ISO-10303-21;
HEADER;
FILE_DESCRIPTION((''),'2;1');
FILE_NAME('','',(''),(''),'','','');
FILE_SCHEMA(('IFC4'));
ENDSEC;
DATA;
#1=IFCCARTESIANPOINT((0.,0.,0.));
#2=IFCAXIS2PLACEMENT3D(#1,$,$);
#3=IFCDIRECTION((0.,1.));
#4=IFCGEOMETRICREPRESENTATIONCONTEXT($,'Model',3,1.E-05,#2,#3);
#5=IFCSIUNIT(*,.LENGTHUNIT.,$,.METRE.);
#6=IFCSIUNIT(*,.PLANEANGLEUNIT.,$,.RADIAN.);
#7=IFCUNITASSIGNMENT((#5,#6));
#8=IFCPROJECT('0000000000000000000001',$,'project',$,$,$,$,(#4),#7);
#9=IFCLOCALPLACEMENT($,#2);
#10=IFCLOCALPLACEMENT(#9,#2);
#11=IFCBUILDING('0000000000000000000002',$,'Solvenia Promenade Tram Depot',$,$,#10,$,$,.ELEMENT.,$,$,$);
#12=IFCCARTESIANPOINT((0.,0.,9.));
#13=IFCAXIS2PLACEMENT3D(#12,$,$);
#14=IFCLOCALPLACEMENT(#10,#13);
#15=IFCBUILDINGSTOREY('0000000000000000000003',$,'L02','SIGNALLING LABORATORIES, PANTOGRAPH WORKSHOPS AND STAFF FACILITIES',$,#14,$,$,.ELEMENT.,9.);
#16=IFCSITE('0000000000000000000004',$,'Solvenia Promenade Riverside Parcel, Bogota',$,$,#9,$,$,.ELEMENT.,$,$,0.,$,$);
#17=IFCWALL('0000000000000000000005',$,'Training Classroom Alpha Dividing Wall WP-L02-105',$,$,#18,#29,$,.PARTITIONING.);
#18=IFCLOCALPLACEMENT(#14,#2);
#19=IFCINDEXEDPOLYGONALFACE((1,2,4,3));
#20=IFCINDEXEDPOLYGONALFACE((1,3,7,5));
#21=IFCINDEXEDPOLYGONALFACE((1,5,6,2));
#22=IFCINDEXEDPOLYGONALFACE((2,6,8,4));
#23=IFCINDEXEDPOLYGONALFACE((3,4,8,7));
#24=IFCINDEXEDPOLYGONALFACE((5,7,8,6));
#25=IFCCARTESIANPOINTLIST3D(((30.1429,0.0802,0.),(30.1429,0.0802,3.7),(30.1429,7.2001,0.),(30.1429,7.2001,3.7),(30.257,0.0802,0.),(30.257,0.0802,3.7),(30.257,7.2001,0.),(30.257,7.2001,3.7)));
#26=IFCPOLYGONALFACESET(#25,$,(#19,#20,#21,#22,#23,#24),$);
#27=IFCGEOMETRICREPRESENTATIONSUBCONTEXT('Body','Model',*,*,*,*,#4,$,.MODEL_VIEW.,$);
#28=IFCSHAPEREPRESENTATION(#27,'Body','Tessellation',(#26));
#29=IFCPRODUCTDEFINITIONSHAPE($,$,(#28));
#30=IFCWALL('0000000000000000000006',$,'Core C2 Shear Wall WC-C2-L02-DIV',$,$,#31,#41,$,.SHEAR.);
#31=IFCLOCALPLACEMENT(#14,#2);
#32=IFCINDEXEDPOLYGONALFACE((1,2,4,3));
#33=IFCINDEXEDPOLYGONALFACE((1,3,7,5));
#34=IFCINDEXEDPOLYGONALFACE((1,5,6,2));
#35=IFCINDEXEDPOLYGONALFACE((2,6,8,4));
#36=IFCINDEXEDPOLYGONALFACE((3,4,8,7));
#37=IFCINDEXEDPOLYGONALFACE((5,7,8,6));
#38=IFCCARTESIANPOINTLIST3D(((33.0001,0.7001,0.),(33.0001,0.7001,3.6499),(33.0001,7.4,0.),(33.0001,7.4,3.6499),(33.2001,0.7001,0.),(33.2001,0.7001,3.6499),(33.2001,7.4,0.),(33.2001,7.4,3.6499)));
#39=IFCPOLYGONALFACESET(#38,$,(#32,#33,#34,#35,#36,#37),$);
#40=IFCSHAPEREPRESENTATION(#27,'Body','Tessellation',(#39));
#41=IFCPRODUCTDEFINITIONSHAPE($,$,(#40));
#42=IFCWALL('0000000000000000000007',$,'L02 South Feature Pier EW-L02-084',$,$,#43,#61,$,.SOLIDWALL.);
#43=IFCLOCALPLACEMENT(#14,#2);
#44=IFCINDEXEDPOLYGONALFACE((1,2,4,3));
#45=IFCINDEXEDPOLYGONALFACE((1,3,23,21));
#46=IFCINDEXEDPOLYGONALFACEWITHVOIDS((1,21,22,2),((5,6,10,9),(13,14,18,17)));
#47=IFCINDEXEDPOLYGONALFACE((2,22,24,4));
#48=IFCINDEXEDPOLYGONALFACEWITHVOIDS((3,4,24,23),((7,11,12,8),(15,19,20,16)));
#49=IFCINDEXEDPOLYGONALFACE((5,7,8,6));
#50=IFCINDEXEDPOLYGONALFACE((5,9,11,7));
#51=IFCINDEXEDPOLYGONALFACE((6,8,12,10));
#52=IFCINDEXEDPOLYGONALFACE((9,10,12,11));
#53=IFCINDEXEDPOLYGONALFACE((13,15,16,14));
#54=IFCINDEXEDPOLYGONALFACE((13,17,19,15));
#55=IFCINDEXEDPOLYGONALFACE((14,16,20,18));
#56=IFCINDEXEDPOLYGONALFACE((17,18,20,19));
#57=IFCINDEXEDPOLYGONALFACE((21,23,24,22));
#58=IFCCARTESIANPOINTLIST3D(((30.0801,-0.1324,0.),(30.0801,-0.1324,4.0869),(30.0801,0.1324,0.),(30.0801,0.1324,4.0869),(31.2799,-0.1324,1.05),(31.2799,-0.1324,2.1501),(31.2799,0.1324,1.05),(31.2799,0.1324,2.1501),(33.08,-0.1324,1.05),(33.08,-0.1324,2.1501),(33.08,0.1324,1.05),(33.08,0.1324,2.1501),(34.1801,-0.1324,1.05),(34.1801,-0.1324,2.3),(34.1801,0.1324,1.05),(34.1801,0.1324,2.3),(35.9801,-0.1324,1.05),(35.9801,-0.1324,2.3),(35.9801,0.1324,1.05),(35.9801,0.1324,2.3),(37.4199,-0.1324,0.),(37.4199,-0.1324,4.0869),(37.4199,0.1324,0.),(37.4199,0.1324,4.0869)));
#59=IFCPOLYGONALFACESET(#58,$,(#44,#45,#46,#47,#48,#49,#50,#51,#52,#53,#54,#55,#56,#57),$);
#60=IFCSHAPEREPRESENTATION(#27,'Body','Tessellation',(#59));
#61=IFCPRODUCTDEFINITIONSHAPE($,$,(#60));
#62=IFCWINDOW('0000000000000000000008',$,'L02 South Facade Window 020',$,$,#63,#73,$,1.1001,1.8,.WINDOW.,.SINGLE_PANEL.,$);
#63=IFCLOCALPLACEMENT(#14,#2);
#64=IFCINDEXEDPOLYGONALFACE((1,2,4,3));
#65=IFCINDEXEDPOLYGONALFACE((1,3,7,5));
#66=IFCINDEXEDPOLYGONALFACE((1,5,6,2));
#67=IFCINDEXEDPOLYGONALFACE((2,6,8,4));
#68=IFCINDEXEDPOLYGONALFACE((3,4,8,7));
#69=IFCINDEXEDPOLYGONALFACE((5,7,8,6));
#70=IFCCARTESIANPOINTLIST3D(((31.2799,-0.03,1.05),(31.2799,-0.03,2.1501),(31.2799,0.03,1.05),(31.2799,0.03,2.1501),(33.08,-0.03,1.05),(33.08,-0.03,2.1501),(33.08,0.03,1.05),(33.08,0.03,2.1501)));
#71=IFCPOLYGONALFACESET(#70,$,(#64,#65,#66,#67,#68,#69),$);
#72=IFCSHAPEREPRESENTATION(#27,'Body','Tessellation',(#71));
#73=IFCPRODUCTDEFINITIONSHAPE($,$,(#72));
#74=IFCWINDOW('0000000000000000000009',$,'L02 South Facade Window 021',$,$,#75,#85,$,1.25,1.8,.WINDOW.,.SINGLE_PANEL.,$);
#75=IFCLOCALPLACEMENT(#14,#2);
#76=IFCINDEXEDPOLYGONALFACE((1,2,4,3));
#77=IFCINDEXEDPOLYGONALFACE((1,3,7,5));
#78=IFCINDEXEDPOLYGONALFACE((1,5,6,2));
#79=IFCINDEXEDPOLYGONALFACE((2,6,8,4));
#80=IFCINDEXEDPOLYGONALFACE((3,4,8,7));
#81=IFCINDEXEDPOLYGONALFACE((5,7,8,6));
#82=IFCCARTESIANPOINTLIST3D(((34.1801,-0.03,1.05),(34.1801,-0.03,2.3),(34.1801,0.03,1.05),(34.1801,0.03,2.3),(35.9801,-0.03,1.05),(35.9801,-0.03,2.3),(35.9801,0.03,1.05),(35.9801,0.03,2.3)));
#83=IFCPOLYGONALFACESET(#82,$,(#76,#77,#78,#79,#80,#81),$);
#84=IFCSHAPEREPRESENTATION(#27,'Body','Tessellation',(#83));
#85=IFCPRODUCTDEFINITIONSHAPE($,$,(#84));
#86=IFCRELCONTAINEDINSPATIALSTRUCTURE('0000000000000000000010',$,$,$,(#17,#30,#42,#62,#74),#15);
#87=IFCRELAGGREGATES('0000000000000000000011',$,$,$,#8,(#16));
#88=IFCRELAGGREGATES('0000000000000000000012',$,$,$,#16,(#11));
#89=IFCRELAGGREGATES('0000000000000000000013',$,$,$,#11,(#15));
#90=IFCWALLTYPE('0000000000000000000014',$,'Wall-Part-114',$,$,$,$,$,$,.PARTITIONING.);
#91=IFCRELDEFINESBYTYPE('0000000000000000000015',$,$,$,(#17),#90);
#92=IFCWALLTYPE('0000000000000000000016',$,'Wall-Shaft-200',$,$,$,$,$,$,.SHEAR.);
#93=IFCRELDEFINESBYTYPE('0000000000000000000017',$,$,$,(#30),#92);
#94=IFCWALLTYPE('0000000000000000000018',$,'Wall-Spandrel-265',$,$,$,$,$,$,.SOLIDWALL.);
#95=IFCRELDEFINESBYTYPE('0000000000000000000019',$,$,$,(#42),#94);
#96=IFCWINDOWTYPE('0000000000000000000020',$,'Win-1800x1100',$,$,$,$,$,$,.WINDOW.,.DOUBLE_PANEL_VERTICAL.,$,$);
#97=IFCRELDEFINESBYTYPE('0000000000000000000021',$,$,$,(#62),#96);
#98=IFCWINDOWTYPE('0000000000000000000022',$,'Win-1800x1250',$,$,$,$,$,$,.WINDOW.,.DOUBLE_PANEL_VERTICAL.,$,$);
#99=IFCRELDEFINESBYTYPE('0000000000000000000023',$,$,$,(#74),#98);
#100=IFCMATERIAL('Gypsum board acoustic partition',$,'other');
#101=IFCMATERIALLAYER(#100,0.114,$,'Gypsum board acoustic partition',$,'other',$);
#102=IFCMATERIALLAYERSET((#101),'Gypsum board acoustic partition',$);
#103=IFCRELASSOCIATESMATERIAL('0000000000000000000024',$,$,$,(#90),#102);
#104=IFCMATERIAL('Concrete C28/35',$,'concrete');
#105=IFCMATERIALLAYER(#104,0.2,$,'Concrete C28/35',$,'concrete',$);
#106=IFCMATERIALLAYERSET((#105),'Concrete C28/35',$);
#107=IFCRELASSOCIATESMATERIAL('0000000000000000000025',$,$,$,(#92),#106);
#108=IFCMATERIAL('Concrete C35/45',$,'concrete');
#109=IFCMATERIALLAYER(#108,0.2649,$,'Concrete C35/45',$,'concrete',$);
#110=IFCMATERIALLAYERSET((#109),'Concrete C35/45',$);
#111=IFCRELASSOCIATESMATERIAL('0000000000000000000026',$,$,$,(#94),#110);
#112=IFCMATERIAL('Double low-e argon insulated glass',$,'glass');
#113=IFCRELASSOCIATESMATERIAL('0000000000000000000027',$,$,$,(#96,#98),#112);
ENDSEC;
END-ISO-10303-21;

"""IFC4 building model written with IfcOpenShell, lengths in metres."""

from ifc_helpers import new_model, si_unit, direction, frame, frame_2d, origin, place, context, subcontext, project, spatial, rectangle, extrude, material, layer, layer_set, type_object, element, fill, save


model = new_model("IFC4")

# Units and contexts
model_context = context("Model", 3, precision=1e-05, world=origin(), true_north=direction((0.0, 1.0)))
body_context = subcontext(model_context, "Body", "Model", "MODEL_VIEW")
ifc_project = project(units=[si_unit("LENGTHUNIT", "METRE"), si_unit("PLANEANGLEUNIT", "RADIAN")], contexts=[model_context])

# Site, building, storey
site_placement = place(None, origin())
site = spatial("IfcSite", under=ifc_project, at=site_placement, Name="Solvenia Promenade Riverside Parcel, Bogota", CompositionType="ELEMENT", RefElevation=0.0)
building_placement = place(site_placement, origin())
building = spatial("IfcBuilding", under=site, at=building_placement, Name="Solvenia Promenade Tram Depot", CompositionType="ELEMENT")
storey_placement = place(building_placement, frame((0.0, 0.0, 9.0)))
storey = spatial("IfcBuildingStorey", under=building, at=storey_placement, Name="L02", Description="SIGNALLING LABORATORIES, PANTOGRAPH WORKSHOPS AND STAFF FACILITIES", CompositionType="ELEMENT", Elevation=9.0)

# Shared definitions
ifc_material_1 = material(Name="Double low-e argon insulated glass", Category="glass")

# Walls
ifc_material_2 = material(Name="Concrete C28/35", Category="concrete")
ifc_material_3 = material(Name="Gypsum board acoustic partition", Category="other")
ifc_layer_1 = layer(ifc_material_3, 0.114, Name="Gypsum board acoustic partition", Category="other")
ifc_layer_set_1 = layer_set([ifc_layer_1], Name="Gypsum board acoustic partition")
wall_type_1 = type_object("IfcWallType", Name="Wall-Part-114", PredefinedType="PARTITIONING", material=ifc_layer_set_1)
wall_1_placement = place(storey_placement, frame((30.2, 0.0801, 0.0), z_axis=(0.0, 0.0, 1.0), x_axis=(0.0, 1.0, 0.0)))
element("IfcWall", 1, at=wall_1_placement, inside=storey, type_object=wall_type_1, Name="Training Classroom Alpha Dividing Wall WP-L02-105", PredefinedType="PARTITIONING", context=body_context, shape_type="SweptSolid", body=[
    extrude(rectangle(XDim=7.1199, YDim=0.114, at=frame_2d((3.5601, 0.0))), origin(), (0.0, 0.0, 1.0), 3.7),
])
ifc_layer_2 = layer(ifc_material_2, 0.2, Name="Concrete C28/35", Category="concrete")
ifc_layer_set_2 = layer_set([ifc_layer_2], Name="Concrete C28/35")
wall_type_2 = type_object("IfcWallType", Name="Wall-Shaft-200", PredefinedType="SHEAR", material=ifc_layer_set_2)
wall_2_placement = place(storey_placement, frame((33.1001, 0.7, 0.0), z_axis=(0.0, 0.0, 1.0), x_axis=(0.0, 1.0, 0.0)))
element("IfcWall", 2, at=wall_2_placement, inside=storey, type_object=wall_type_2, Name="Core C2 Shear Wall WC-C2-L02-DIV", PredefinedType="SHEAR", context=body_context, shape_type="SweptSolid", body=[
    extrude(rectangle(XDim=6.7, YDim=0.2, at=frame_2d((3.3501, 0.0))), origin(), (0.0, 0.0, 1.0), 3.6499),
])

# Wall, openings, windows
ifc_material_4 = material(Name="Concrete C35/45", Category="concrete")
ifc_layer_3 = layer(ifc_material_4, 0.2649, Name="Concrete C35/45", Category="concrete")
ifc_layer_set_3 = layer_set([ifc_layer_3], Name="Concrete C35/45")
wall_type_3 = type_object("IfcWallType", Name="Wall-Spandrel-265", PredefinedType="SOLIDWALL", material=ifc_layer_set_3)
wall_3_placement = place(storey_placement, frame((30.0801, 0.0, 0.0), z_axis=(0.0, 0.0, 1.0), x_axis=(1.0, 0.0, 0.0)))
wall_3 = element("IfcWall", 3, at=wall_3_placement, inside=storey, type_object=wall_type_3, Name="L02 South Feature Pier EW-L02-084", PredefinedType="SOLIDWALL", context=body_context, shape_type="SweptSolid", body=[
    extrude(rectangle(XDim=7.3398, YDim=0.2649, at=frame_2d((3.6699, 0.0))), origin(), (0.0, 0.0, 1.0), 4.0869),
])
opening_1_placement = place(wall_3_placement, frame((1.2, 0.0, 1.05)))
opening_1 = element("IfcOpeningElement", 4, at=opening_1_placement, cuts=wall_3, PredefinedType="OPENING", context=body_context, shape_type="SweptSolid", body=[
    extrude(rectangle(XDim=1.8, YDim=1.1001, at=frame_2d((0.8999, 0.55))), frame((0.0, 0.1423, 0.0), z_axis=(0.0, -1.0, 0.0), x_axis=(1.0, 0.0, 0.0)), (0.0, 0.0, 1.0), 0.2849),
])
opening_2_placement = place(wall_3_placement, frame((4.1001, 0.0, 1.05)))
opening_2 = element("IfcOpeningElement", 5, at=opening_2_placement, cuts=wall_3, PredefinedType="OPENING", context=body_context, shape_type="SweptSolid", body=[
    extrude(rectangle(XDim=1.8, YDim=1.25, at=frame_2d((0.8999, 0.625))), frame((0.0, 0.1423, 0.0), z_axis=(0.0, -1.0, 0.0), x_axis=(1.0, 0.0, 0.0)), (0.0, 0.0, 1.0), 0.2849),
])
window_type_1 = type_object("IfcWindowType", Name="Win-1800x1100", PartitioningType="DOUBLE_PANEL_VERTICAL", PredefinedType="WINDOW", material=ifc_material_1)
window_1_placement = place(opening_1_placement, origin())
window_1 = element("IfcWindow", 6, at=window_1_placement, inside=storey, type_object=window_type_1, Name="L02 South Facade Window 020", OverallHeight=1.1001, OverallWidth=1.8, PartitioningType="SINGLE_PANEL", PredefinedType="WINDOW", context=body_context, shape_type="SweptSolid", body=[
    extrude(rectangle(XDim=1.8, YDim=1.1001, at=frame_2d((0.8999, 0.55))), frame((0.0, 0.03, 0.0), z_axis=(0.0, -1.0, 0.0), x_axis=(1.0, 0.0, 0.0)), (0.0, 0.0, 1.0), 0.0601),
])
fill(opening_1, window_1)
window_type_2 = type_object("IfcWindowType", Name="Win-1800x1250", PartitioningType="DOUBLE_PANEL_VERTICAL", PredefinedType="WINDOW", material=ifc_material_1)
window_2_placement = place(opening_2_placement, origin())
window_2 = element("IfcWindow", 7, at=window_2_placement, inside=storey, type_object=window_type_2, Name="L02 South Facade Window 021", OverallHeight=1.25, OverallWidth=1.8, PartitioningType="SINGLE_PANEL", PredefinedType="WINDOW", context=body_context, shape_type="SweptSolid", body=[
    extrude(rectangle(XDim=1.8, YDim=1.25, at=frame_2d((0.8999, 0.625))), frame((0.0, 0.03, 0.0), z_axis=(0.0, -1.0, 0.0), x_axis=(1.0, 0.0, 0.0)), (0.0, 0.0, 1.0), 0.0601),
])
fill(opening_2, window_2)

save(model, "model.ifc")
